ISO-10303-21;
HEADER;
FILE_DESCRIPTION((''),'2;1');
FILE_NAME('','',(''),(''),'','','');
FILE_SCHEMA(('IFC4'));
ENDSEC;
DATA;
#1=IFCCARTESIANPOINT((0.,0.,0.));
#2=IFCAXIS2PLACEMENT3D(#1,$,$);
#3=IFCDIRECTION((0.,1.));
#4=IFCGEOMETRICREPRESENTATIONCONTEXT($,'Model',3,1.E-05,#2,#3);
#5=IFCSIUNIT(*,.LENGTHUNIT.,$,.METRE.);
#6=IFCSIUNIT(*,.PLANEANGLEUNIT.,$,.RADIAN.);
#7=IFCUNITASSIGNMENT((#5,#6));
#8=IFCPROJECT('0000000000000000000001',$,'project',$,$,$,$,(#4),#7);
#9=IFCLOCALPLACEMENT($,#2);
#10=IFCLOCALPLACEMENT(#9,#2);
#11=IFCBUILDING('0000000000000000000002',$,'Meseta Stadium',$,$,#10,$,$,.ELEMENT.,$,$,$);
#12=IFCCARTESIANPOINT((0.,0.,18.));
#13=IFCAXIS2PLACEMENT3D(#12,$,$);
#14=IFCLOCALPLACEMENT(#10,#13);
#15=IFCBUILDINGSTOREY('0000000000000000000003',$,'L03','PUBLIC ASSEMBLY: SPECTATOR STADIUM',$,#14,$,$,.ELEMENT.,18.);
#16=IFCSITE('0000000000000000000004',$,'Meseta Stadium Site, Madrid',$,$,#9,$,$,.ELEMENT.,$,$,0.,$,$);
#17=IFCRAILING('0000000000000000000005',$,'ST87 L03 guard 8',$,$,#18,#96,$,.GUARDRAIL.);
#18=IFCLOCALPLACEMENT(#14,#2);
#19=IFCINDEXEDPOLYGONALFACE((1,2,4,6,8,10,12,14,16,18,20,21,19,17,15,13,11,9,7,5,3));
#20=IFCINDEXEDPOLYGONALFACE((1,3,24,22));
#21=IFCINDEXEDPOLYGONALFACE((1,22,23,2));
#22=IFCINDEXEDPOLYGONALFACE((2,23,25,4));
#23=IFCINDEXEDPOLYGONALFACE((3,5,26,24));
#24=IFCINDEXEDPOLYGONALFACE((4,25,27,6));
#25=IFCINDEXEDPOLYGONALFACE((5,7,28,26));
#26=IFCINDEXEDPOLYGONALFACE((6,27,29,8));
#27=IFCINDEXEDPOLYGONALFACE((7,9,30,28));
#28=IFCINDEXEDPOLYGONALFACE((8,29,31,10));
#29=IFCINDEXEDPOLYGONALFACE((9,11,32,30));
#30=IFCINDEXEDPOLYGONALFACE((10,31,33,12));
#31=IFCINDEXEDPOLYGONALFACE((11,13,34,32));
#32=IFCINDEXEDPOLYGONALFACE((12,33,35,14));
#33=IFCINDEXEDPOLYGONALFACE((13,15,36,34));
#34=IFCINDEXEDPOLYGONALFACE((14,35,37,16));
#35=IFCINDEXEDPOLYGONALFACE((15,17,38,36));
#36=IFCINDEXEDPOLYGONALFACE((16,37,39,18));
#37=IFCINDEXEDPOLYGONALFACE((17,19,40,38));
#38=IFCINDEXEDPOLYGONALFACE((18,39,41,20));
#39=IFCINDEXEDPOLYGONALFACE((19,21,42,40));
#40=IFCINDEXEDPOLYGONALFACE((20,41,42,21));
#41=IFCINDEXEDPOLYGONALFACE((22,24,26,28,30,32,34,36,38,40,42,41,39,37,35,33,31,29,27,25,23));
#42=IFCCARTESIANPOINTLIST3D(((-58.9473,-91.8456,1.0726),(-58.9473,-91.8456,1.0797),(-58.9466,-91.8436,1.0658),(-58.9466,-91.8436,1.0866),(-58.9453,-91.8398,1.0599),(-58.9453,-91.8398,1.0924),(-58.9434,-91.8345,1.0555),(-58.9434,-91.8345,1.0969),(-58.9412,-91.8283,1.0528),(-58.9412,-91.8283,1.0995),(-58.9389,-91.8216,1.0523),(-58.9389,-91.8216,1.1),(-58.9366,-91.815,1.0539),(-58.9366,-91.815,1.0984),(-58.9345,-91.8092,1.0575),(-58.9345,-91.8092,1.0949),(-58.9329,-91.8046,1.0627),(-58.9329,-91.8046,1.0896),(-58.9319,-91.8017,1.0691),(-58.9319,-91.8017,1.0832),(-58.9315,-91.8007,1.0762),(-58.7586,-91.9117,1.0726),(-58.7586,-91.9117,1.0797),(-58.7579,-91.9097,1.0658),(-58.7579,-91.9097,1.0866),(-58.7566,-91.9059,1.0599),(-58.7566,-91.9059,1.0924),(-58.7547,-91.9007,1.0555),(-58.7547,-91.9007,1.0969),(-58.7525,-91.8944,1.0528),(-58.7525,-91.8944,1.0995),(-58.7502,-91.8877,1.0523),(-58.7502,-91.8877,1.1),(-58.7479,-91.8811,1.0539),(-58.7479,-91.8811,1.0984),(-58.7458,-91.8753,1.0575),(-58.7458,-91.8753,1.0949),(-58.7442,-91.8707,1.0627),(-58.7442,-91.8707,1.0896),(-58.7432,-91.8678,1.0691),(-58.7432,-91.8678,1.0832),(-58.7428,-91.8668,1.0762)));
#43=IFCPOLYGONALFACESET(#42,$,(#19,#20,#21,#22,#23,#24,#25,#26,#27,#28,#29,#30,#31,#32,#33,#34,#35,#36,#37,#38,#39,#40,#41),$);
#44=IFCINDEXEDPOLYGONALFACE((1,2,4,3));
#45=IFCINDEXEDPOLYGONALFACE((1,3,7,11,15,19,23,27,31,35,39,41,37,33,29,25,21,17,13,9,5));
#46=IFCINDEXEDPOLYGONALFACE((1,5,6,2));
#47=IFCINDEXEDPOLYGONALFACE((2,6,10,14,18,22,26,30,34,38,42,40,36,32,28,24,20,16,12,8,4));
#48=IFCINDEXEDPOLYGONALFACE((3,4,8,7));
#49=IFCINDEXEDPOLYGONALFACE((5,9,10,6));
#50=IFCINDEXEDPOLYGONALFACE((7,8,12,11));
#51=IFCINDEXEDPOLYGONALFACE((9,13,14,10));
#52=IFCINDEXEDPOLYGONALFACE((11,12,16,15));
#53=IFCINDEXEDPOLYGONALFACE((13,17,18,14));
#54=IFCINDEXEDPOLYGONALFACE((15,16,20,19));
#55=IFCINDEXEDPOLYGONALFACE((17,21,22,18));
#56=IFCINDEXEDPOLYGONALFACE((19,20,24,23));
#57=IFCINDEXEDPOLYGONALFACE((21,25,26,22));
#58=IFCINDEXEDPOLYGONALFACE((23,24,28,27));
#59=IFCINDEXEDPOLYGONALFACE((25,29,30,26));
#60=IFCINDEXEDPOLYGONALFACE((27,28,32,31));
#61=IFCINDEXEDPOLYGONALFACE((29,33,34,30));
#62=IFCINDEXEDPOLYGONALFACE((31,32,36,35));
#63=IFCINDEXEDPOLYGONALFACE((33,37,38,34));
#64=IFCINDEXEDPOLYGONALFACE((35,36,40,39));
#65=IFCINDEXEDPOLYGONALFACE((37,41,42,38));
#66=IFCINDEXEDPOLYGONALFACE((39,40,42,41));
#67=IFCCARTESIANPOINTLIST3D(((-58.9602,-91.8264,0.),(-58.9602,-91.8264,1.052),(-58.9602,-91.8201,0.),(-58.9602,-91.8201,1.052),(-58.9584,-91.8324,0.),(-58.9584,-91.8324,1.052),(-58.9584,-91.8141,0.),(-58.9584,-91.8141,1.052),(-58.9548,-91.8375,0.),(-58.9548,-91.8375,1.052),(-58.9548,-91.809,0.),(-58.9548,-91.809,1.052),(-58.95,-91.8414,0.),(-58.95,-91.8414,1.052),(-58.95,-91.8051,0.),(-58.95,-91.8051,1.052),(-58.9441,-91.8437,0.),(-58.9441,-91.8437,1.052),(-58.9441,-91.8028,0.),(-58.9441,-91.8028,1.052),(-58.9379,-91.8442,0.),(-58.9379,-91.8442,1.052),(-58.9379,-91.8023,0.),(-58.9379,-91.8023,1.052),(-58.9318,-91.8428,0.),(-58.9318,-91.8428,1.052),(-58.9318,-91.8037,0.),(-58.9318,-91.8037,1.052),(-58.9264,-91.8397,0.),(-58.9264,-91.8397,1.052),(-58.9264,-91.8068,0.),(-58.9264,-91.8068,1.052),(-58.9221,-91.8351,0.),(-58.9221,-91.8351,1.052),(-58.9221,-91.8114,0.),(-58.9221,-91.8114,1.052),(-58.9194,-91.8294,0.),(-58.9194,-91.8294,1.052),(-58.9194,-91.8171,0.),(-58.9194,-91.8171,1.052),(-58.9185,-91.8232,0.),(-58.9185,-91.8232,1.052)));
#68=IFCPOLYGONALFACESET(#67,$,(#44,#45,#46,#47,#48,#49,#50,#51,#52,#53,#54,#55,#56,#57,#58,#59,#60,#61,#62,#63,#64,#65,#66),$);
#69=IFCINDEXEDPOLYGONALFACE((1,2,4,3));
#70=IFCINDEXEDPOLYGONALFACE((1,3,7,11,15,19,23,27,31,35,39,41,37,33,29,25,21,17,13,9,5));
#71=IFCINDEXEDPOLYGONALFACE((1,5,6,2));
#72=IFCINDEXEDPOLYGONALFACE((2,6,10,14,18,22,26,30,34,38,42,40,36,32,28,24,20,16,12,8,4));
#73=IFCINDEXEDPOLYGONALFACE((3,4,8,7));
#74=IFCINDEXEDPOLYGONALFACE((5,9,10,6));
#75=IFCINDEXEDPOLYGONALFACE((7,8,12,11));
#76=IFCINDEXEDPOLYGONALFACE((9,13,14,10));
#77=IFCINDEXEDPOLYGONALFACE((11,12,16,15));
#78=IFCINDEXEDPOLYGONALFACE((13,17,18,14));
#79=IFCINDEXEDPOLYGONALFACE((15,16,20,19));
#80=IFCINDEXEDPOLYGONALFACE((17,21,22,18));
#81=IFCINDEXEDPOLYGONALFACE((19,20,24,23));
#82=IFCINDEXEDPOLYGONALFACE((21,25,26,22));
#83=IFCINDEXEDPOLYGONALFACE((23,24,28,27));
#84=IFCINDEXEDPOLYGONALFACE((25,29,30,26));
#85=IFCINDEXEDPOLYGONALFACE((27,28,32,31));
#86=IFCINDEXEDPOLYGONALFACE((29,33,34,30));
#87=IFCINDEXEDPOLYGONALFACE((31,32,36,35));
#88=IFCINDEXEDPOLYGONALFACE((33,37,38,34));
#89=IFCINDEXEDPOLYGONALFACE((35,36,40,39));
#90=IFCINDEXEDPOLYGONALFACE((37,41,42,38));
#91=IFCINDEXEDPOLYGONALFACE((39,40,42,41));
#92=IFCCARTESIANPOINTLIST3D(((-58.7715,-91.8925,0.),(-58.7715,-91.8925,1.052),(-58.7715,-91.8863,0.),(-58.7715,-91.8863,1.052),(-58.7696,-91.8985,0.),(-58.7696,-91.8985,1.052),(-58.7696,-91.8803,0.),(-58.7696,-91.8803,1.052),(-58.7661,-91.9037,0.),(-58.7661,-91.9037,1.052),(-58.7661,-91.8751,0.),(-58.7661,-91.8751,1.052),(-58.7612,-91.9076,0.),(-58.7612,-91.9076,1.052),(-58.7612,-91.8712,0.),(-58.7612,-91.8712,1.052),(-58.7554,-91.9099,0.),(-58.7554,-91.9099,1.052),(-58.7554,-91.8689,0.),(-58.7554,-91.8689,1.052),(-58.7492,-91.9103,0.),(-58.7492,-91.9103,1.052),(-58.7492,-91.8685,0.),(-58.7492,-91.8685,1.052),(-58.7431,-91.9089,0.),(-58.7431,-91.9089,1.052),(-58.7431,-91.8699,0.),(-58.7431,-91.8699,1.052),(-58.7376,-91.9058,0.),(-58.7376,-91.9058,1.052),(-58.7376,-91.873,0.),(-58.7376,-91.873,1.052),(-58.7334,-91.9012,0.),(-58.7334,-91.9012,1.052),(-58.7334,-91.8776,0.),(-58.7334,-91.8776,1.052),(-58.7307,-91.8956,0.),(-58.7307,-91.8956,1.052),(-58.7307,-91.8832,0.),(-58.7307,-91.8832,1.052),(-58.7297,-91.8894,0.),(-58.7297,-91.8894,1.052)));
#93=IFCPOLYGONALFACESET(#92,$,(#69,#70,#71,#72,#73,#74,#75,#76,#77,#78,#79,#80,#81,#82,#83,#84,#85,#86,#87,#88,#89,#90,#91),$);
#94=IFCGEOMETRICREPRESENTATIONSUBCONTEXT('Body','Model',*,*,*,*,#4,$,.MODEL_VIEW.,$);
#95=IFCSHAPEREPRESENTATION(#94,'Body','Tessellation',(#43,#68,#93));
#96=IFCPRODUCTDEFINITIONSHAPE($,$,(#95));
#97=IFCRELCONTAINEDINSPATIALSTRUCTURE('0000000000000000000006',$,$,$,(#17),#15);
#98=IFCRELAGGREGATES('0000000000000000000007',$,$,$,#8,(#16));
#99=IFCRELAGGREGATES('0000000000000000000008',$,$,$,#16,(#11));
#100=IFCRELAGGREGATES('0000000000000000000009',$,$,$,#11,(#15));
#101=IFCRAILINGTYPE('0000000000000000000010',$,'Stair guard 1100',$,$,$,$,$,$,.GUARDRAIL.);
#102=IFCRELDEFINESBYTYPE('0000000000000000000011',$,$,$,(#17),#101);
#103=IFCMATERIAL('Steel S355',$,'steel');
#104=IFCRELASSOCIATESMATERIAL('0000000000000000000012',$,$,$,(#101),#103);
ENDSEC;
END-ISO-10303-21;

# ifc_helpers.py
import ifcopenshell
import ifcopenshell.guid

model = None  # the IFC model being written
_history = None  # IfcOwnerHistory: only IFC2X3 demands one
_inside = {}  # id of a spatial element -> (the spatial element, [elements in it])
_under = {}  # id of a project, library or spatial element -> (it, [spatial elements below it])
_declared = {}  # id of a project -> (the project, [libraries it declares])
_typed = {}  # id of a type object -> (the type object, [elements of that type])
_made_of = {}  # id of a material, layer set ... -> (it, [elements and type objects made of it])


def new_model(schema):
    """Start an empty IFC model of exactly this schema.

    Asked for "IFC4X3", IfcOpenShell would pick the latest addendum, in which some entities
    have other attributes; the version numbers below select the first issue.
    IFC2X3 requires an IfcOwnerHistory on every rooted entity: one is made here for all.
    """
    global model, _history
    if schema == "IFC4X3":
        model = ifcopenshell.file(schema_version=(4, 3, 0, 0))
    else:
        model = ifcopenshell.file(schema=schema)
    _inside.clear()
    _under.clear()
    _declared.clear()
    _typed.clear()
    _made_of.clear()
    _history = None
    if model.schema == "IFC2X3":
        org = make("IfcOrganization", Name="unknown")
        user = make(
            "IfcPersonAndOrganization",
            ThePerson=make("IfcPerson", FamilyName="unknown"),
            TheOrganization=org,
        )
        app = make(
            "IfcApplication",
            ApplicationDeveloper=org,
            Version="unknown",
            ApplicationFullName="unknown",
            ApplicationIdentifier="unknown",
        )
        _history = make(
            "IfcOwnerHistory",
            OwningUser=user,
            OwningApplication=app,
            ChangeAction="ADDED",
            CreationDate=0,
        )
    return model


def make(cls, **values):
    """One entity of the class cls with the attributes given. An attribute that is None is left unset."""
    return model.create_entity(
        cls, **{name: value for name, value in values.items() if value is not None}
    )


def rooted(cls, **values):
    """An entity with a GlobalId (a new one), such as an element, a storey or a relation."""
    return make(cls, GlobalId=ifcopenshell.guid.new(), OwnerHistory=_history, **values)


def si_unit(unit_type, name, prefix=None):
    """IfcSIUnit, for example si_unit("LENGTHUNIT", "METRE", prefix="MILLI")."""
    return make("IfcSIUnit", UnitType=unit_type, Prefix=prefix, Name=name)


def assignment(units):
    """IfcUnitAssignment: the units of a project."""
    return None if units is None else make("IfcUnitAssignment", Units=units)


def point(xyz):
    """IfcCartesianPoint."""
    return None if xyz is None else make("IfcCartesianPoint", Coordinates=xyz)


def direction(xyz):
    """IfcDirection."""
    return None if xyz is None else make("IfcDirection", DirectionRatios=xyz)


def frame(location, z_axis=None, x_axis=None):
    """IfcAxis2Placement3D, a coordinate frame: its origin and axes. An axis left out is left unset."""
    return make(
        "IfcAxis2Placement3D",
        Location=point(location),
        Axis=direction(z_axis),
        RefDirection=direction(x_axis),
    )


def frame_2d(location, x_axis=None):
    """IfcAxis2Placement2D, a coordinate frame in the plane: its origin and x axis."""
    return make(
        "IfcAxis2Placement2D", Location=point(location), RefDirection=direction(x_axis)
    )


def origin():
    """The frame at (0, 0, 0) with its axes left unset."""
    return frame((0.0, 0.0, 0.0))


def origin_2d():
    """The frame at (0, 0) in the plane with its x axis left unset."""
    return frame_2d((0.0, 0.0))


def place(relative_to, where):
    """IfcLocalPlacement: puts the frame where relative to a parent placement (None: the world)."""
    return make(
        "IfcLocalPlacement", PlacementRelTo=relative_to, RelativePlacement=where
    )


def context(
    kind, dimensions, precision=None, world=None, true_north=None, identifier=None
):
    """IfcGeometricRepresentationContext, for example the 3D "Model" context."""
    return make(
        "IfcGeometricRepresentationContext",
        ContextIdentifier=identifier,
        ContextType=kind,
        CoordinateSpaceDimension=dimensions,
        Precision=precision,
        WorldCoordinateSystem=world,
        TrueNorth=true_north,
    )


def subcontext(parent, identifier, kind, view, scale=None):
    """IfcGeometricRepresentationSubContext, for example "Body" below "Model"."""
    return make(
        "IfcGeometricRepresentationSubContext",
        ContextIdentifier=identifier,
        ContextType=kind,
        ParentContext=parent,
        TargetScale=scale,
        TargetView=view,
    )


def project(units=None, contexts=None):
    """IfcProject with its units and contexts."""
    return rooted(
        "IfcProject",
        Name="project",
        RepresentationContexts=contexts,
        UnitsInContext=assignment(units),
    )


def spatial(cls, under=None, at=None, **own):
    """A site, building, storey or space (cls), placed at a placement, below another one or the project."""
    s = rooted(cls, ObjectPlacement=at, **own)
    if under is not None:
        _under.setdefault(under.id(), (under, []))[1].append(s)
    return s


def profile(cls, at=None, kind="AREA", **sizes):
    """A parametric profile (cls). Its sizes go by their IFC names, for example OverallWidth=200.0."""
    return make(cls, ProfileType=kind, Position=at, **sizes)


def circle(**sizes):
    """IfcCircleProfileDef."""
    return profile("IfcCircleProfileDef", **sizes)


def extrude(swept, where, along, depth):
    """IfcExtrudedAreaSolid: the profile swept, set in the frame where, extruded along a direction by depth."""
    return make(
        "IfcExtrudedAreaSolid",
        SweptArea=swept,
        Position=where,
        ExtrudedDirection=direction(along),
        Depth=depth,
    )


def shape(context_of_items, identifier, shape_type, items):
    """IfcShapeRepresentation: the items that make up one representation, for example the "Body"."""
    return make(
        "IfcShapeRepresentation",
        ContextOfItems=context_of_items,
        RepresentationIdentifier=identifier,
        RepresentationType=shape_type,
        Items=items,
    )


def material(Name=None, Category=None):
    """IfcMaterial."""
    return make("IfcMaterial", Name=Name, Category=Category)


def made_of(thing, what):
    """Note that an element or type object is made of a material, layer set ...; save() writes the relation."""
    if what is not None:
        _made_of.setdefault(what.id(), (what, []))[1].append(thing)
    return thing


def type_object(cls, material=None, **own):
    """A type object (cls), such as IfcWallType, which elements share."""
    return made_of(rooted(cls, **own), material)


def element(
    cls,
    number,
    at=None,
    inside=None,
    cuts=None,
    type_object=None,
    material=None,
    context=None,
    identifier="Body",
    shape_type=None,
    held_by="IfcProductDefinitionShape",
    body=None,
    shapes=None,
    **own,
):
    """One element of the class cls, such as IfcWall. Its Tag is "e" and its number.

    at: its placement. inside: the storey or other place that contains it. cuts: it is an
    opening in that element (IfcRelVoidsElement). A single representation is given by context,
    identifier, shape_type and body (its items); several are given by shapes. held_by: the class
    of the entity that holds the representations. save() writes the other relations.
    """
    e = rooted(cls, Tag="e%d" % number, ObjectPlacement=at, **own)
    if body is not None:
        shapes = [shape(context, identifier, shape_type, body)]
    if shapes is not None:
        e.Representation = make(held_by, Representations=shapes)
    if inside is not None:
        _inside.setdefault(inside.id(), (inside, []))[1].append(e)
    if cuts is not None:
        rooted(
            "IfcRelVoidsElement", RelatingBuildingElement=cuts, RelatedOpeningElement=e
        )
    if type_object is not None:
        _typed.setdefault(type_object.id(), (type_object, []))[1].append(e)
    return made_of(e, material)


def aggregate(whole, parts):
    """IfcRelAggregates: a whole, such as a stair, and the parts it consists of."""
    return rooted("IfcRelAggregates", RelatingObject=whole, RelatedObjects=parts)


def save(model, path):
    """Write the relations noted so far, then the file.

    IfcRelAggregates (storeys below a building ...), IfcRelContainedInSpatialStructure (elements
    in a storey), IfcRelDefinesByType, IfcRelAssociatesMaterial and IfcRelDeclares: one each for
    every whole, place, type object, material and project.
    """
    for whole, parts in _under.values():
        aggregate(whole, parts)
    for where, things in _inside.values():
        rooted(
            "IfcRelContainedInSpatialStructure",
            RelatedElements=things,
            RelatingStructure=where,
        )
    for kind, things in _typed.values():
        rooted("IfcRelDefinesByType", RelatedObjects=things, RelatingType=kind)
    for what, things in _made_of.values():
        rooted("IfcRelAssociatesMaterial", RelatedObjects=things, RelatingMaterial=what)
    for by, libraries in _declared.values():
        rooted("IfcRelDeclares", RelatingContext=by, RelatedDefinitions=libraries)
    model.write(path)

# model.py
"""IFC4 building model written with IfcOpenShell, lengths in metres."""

from ifc_helpers import new_model, si_unit, direction, frame, origin, origin_2d, place, context, subcontext, project, spatial, circle, extrude, material, type_object, element, save


model = new_model("IFC4")

# Units and contexts
model_context = context("Model", 3, precision=1e-05, world=origin(), true_north=direction((0.0, 1.0)))
body_context = subcontext(model_context, "Body", "Model", "MODEL_VIEW")
ifc_project = project(units=[si_unit("LENGTHUNIT", "METRE"), si_unit("PLANEANGLEUNIT", "RADIAN")], contexts=[model_context])

# Site, building, storey
site_placement = place(None, origin())
site = spatial("IfcSite", under=ifc_project, at=site_placement, Name="Meseta Stadium Site, Madrid", CompositionType="ELEMENT", RefElevation=0.0)
building_placement = place(site_placement, origin())
building = spatial("IfcBuilding", under=site, at=building_placement, Name="Meseta Stadium", CompositionType="ELEMENT")
storey_placement = place(building_placement, frame((0.0, 0.0, 18.0)))
storey = spatial("IfcBuildingStorey", under=building, at=storey_placement, Name="L03", Description="PUBLIC ASSEMBLY: SPECTATOR STADIUM", CompositionType="ELEMENT", Elevation=18.0)

# Railing
ifc_material_1 = material(Name="Steel S355", Category="steel")
railing_type_1 = type_object("IfcRailingType", Name="Stair guard 1100", PredefinedType="GUARDRAIL", material=ifc_material_1)
railing_1_placement = place(storey_placement, frame((-58.9395, -91.8232, 0.0)))
element("IfcRailing", 1, at=railing_1_placement, inside=storey, type_object=railing_type_1, Name="ST87 L03 guard 8", PredefinedType="GUARDRAIL", context=body_context, shape_type="SweptSolid", body=[
    extrude(circle(Radius=0.0239, at=origin_2d()), frame((0.0, 0.0, 1.0762), z_axis=(0.943687, -0.33084, 0.0), x_axis=(0.33084, 0.943687, 0.0)), (0.0, 0.0, 1.0), 0.2),
    extrude(circle(Radius=0.021, at=origin_2d()), origin(), (0.0, 0.0, 1.0), 1.052),
    extrude(circle(Radius=0.021, at=origin_2d()), frame((0.1887, -0.0662, 0.0)), (0.0, 0.0, 1.0), 1.052),
])

save(model, "model.ifc")
